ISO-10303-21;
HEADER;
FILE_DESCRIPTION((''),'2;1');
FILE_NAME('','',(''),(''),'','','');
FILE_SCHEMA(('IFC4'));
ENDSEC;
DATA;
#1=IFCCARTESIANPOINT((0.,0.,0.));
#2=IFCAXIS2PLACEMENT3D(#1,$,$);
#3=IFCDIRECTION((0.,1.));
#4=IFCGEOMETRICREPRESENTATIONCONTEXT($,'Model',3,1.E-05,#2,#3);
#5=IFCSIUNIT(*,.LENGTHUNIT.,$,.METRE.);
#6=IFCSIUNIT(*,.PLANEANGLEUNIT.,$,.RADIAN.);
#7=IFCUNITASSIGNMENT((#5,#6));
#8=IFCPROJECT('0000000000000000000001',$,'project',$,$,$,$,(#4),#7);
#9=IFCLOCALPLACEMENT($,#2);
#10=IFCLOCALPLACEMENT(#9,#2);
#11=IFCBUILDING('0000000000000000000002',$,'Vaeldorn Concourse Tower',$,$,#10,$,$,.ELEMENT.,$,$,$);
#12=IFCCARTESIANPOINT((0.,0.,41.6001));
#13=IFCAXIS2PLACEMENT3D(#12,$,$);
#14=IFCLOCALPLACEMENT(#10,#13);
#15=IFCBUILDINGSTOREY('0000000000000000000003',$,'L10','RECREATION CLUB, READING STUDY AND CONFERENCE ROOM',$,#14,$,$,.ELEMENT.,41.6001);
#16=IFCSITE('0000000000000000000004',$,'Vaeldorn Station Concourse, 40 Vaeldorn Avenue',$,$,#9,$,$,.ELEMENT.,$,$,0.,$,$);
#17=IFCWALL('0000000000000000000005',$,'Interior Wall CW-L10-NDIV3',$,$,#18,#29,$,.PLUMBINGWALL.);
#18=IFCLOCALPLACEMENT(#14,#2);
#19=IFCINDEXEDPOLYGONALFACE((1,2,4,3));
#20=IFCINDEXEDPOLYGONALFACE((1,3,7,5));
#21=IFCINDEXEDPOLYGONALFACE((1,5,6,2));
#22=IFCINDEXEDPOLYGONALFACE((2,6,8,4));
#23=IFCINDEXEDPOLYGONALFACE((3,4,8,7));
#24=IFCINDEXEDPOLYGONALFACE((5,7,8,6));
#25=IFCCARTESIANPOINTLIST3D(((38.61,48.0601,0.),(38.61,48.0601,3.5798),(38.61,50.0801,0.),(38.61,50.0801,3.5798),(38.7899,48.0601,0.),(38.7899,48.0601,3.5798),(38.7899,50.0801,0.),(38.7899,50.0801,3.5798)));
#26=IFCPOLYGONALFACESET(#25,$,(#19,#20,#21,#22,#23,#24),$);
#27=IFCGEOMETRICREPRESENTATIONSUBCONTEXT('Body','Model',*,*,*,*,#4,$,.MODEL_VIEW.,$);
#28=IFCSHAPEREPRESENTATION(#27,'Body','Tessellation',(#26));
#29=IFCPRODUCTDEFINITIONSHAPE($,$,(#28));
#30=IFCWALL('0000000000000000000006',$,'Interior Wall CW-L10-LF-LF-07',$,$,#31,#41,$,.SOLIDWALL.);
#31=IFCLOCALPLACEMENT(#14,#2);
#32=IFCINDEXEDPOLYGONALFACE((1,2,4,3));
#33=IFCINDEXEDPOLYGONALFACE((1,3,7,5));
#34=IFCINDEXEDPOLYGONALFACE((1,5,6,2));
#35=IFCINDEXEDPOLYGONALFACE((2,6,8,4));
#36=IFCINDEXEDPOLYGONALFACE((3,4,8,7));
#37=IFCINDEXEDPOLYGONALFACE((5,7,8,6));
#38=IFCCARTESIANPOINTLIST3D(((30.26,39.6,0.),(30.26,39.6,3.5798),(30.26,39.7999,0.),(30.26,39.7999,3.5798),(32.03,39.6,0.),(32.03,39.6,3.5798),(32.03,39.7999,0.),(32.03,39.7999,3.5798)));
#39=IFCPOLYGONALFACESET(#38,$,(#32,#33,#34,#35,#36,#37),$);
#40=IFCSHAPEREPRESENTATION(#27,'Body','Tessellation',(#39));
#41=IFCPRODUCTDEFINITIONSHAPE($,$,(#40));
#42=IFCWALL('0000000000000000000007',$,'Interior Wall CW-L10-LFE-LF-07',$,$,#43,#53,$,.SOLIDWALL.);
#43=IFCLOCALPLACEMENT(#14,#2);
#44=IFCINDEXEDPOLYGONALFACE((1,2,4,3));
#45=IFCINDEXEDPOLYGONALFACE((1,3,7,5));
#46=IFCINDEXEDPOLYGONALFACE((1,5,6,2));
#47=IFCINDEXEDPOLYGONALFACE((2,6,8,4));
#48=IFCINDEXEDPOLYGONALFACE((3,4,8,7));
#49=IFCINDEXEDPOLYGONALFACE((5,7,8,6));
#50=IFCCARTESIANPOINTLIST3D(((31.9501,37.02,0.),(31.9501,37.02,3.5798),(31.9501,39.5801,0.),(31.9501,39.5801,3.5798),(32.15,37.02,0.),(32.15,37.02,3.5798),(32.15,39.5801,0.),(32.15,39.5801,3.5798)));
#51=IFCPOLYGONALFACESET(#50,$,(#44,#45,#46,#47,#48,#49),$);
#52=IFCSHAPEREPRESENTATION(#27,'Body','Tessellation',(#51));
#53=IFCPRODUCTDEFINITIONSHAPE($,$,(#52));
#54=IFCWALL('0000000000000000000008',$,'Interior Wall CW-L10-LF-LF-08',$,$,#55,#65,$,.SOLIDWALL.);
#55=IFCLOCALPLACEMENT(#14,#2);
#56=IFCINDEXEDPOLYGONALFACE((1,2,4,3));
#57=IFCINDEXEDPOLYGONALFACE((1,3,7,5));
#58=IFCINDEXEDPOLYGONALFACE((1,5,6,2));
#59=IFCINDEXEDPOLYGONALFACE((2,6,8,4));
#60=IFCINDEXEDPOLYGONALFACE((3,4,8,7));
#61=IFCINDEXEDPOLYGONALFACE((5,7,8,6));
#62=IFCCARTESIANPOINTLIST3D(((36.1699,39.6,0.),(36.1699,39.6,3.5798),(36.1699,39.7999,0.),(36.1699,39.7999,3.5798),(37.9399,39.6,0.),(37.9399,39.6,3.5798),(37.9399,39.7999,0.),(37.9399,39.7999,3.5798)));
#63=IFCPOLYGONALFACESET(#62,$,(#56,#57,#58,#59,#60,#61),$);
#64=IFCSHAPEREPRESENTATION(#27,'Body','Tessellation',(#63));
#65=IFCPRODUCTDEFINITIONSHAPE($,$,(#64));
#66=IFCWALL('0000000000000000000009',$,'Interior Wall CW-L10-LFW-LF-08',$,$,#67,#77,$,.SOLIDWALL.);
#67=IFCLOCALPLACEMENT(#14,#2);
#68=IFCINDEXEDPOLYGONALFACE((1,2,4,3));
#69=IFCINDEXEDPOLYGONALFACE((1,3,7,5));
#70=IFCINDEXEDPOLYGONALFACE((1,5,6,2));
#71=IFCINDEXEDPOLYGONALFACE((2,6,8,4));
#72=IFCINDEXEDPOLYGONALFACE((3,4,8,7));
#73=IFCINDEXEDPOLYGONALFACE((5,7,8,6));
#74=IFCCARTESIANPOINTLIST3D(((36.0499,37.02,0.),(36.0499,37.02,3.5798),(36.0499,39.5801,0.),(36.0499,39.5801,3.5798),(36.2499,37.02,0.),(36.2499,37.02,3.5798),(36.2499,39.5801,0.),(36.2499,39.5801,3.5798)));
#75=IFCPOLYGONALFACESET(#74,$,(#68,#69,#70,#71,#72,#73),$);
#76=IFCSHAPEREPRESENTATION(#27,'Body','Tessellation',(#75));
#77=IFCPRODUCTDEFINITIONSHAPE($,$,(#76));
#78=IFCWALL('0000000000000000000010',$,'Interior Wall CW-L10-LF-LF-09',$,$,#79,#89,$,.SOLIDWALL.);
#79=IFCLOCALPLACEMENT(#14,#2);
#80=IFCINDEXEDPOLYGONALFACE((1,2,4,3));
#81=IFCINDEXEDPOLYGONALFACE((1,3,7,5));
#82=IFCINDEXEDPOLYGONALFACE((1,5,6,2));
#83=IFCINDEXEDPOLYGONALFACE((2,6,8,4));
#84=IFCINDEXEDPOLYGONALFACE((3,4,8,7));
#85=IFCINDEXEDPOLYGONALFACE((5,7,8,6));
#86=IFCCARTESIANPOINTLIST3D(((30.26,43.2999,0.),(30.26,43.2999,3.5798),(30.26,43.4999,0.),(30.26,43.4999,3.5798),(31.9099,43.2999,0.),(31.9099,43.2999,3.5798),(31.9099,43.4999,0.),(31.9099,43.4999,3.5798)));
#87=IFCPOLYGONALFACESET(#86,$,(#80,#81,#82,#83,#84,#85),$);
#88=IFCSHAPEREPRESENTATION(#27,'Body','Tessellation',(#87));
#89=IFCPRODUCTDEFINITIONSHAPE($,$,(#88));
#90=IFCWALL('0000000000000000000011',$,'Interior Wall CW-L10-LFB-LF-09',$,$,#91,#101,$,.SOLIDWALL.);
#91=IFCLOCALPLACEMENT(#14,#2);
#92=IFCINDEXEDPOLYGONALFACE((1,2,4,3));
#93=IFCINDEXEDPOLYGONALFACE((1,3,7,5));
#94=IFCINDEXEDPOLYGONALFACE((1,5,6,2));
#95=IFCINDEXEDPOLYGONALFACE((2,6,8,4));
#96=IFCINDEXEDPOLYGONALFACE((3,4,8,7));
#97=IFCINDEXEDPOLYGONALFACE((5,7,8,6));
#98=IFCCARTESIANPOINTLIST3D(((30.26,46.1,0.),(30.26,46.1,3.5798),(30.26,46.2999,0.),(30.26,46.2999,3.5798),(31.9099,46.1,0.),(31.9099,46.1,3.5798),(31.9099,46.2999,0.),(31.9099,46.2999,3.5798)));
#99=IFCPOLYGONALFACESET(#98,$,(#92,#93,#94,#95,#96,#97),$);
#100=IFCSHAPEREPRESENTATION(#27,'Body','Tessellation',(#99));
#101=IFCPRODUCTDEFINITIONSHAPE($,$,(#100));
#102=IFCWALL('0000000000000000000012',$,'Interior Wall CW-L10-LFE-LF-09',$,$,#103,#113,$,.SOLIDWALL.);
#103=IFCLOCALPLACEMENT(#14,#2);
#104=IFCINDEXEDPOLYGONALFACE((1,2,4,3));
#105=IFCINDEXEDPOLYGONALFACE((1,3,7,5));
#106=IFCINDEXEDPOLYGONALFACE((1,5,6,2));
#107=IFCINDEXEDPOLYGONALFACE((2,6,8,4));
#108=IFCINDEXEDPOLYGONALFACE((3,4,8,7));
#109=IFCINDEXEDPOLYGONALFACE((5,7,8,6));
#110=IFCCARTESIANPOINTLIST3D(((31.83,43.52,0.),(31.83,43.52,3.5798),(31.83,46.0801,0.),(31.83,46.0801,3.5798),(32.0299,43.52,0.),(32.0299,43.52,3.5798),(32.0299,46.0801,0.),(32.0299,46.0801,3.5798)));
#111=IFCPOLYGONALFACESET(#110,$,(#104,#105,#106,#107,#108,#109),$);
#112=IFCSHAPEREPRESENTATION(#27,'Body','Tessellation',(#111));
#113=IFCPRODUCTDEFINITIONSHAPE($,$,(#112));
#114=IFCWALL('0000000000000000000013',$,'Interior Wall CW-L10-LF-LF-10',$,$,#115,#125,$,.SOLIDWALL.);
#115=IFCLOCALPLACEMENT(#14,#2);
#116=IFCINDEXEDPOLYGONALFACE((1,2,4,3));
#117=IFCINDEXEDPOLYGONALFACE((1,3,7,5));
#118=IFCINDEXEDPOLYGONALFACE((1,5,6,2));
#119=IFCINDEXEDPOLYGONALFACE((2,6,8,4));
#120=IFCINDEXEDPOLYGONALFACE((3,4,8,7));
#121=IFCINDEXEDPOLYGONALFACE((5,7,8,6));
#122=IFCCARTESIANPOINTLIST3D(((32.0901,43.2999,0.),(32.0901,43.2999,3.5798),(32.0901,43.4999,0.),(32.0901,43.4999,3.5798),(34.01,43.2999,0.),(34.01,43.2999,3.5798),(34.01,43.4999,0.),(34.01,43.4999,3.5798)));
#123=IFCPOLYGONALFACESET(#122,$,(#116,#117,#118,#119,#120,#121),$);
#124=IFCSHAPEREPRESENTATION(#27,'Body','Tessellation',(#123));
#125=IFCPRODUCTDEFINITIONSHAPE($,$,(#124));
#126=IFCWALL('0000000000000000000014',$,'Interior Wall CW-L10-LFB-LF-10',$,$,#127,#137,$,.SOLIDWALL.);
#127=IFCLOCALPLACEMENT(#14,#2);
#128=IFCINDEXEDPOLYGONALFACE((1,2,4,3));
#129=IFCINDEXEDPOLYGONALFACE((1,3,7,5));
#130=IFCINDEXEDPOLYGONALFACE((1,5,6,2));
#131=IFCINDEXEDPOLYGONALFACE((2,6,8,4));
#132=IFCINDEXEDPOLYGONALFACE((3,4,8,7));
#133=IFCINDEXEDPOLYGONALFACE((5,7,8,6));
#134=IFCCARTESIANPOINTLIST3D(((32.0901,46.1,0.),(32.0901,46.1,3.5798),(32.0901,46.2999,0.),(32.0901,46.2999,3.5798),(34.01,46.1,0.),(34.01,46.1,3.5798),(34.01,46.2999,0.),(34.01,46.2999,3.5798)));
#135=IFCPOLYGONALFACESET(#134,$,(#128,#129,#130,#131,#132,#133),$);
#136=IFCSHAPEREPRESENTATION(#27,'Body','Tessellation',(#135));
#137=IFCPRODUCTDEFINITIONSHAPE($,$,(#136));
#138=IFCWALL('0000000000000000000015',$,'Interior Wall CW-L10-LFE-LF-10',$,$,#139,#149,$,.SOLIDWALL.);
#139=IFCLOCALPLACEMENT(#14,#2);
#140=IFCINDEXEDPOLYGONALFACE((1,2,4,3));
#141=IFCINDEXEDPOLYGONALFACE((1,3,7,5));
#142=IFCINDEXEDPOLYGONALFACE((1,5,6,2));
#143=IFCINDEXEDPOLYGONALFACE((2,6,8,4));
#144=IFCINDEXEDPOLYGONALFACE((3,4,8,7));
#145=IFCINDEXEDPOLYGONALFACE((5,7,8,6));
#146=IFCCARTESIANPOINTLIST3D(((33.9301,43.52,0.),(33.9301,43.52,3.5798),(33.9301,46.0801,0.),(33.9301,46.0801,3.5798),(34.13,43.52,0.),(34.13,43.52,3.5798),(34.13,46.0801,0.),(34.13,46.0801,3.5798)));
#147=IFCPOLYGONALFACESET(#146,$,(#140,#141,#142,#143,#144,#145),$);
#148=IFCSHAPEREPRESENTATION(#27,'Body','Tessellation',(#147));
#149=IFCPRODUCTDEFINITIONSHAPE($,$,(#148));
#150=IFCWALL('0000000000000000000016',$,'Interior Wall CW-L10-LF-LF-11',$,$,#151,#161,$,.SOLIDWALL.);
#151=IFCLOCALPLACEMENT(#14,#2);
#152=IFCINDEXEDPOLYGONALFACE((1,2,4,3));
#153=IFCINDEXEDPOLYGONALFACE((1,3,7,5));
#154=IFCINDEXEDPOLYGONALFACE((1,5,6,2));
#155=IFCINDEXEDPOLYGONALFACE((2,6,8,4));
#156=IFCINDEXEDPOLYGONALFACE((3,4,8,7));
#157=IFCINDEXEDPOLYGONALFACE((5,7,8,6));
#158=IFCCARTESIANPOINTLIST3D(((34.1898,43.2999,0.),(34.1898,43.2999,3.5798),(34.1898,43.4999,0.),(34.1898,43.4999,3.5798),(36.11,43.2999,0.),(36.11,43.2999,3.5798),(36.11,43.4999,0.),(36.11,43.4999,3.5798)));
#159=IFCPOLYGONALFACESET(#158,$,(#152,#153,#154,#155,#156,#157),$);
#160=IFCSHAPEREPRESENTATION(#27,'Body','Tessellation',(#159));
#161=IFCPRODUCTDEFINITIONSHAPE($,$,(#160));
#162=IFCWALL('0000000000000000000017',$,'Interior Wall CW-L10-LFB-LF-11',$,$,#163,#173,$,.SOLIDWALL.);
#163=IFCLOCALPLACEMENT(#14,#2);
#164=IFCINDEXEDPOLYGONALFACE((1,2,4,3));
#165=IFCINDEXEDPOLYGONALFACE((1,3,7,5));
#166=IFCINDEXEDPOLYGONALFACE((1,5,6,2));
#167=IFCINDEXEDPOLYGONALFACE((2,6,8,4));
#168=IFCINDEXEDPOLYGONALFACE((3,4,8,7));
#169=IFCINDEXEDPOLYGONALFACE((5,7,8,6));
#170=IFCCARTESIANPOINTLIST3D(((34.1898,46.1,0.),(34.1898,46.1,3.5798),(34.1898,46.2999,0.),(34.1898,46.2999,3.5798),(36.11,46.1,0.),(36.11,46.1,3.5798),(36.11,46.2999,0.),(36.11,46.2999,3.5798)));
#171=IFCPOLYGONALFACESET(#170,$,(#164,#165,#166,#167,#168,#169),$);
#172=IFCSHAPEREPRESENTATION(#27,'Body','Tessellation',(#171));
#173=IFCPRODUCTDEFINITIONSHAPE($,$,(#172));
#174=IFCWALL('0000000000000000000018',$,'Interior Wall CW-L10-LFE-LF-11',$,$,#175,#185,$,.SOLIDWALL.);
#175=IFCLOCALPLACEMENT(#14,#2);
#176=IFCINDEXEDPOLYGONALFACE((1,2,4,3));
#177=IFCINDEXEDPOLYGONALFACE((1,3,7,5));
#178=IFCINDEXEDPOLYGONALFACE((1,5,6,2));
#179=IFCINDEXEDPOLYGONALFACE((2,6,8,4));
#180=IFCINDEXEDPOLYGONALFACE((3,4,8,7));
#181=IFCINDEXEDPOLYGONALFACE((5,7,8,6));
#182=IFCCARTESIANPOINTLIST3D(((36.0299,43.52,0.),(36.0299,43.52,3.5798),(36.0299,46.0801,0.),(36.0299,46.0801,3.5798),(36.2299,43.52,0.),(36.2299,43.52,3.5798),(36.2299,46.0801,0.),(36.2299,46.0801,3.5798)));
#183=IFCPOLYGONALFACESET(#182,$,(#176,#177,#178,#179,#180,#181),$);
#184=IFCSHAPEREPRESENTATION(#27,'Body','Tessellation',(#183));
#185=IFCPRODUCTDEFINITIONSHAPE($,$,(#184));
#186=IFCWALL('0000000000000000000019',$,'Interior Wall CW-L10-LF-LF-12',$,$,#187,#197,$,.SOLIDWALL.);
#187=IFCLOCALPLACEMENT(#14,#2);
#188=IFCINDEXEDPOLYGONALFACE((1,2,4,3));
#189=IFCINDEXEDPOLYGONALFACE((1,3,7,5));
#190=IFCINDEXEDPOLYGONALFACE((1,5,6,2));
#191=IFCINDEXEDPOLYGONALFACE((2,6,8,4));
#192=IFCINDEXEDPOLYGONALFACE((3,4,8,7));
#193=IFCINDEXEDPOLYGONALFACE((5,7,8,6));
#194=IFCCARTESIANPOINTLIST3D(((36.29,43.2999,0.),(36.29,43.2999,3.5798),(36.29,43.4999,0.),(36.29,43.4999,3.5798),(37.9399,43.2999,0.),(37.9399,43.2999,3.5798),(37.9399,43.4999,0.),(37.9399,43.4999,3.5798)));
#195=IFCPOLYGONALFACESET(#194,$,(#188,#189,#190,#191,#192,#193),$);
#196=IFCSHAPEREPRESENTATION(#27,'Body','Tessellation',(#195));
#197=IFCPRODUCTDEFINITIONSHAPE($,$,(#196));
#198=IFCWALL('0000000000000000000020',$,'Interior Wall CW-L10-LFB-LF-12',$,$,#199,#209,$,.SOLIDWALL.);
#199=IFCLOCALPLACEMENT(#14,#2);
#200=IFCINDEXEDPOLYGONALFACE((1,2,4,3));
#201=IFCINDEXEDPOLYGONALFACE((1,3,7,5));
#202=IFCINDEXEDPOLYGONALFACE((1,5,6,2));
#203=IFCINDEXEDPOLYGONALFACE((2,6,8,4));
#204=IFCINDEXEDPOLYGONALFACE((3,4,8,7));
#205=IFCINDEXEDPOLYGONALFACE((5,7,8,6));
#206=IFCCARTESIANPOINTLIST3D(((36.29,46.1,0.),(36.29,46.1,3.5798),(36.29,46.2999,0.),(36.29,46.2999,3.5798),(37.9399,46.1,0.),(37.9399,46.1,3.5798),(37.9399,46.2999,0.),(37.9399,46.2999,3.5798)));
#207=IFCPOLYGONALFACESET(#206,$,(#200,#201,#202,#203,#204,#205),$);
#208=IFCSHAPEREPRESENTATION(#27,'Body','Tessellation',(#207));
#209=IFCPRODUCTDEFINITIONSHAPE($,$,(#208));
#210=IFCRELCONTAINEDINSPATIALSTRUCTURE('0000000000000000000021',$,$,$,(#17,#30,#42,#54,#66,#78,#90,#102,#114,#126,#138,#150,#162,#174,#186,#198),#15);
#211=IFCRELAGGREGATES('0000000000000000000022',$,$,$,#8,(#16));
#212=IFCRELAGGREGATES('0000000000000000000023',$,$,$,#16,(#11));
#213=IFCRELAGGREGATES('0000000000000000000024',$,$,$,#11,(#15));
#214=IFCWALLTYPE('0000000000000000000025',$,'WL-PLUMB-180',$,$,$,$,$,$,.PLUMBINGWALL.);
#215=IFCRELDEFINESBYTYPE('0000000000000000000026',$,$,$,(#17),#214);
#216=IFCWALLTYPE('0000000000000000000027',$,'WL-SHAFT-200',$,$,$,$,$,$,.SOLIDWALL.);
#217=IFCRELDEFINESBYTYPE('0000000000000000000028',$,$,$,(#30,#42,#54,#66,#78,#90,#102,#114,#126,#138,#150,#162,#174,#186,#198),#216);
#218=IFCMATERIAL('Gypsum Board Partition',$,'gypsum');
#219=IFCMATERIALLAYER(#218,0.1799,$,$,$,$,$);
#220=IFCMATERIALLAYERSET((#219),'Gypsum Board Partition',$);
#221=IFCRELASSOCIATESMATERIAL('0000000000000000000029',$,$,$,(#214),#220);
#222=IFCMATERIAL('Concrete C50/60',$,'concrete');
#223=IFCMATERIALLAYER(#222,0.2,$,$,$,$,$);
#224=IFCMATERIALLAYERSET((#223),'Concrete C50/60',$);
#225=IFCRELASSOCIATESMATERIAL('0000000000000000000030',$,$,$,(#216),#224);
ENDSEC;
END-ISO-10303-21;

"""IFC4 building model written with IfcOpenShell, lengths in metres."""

from ifc_helpers import new_model, si_unit, direction, frame, frame_2d, origin, place, context, subcontext, project, spatial, rectangle, extrude, material, layer, layer_set, type_object, element, save


model = new_model("IFC4")

# Units and contexts
model_context = context("Model", 3, precision=1e-05, world=origin(), true_north=direction((0.0, 1.0)))
body_context = subcontext(model_context, "Body", "Model", "MODEL_VIEW")
ifc_project = project(units=[si_unit("LENGTHUNIT", "METRE"), si_unit("PLANEANGLEUNIT", "RADIAN")], contexts=[model_context])

# Site, building, storey
site_placement = place(None, origin())
site = spatial("IfcSite", under=ifc_project, at=site_placement, Name="Vaeldorn Station Concourse, 40 Vaeldorn Avenue", CompositionType="ELEMENT", RefElevation=0.0)
building_placement = place(site_placement, origin())
building = spatial("IfcBuilding", under=site, at=building_placement, Name="Vaeldorn Concourse Tower", CompositionType="ELEMENT")
storey_placement = place(building_placement, frame((0.0, 0.0, 41.6001)))
storey = spatial("IfcBuildingStorey", under=building, at=storey_placement, Name="L10", Description="RECREATION CLUB, READING STUDY AND CONFERENCE ROOM", CompositionType="ELEMENT", Elevation=41.6001)

# Shared definitions
ifc_material_1 = material(Name="Gypsum Board Partition", Category="gypsum")

# Walls
ifc_layer_1 = layer(ifc_material_1, 0.1799)
ifc_layer_set_1 = layer_set([ifc_layer_1], Name="Gypsum Board Partition")
wall_type_1 = type_object("IfcWallType", Name="WL-PLUMB-180", PredefinedType="PLUMBINGWALL", material=ifc_layer_set_1)
for number, where, z_axis, x_axis, name in (
    (1, (38.7, 48.0601, 0.0), (0.0, 0.0, 1.0), (0.0, 1.0, 0.0), "Interior Wall CW-L10-NDIV3"),
):
    element("IfcWall", number, at=place(storey_placement, frame(where, z_axis=z_axis, x_axis=x_axis)), inside=storey, type_object=wall_type_1, Name=name, PredefinedType="PLUMBINGWALL", context=body_context, shape_type="SweptSolid", body=[
        extrude(rectangle(XDim=2.02, YDim=0.1799, at=frame_2d((1.01, 0.0))), origin(), (0.0, 0.0, 1.0), 3.5798),
    ])
ifc_material_2 = material(Name="Concrete C50/60", Category="concrete")
ifc_layer_2 = layer(ifc_material_2, 0.2)
ifc_layer_set_2 = layer_set([ifc_layer_2], Name="Concrete C50/60")
wall_type_2 = type_object("IfcWallType", Name="WL-SHAFT-200", PredefinedType="SOLIDWALL", material=ifc_layer_set_2)
wall_1_placement = place(storey_placement, frame((30.26, 39.7, 0.0), z_axis=(0.0, 0.0, 1.0), x_axis=(1.0, 0.0, 0.0)))
element("IfcWall", 2, at=wall_1_placement, inside=storey, type_object=wall_type_2, Name="Interior Wall CW-L10-LF-LF-07", PredefinedType="SOLIDWALL", context=body_context, shape_type="SweptSolid", body=[
    extrude(rectangle(XDim=1.77, YDim=0.2, at=frame_2d((0.885, 0.0))), origin(), (0.0, 0.0, 1.0), 3.5798),
])
wall_2_placement = place(storey_placement, frame((32.05, 37.02, 0.0), z_axis=(0.0, 0.0, 1.0), x_axis=(0.0, 1.0, 0.0)))
element("IfcWall", 3, at=wall_2_placement, inside=storey, type_object=wall_type_2, Name="Interior Wall CW-L10-LFE-LF-07", PredefinedType="SOLIDWALL", context=body_context, shape_type="SweptSolid", body=[
    extrude(rectangle(XDim=2.5601, YDim=0.2, at=frame_2d((1.28, 0.0))), origin(), (0.0, 0.0, 1.0), 3.5798),
])
wall_3_placement = place(storey_placement, frame((36.1699, 39.7, 0.0), z_axis=(0.0, 0.0, 1.0), x_axis=(1.0, 0.0, 0.0)))
element("IfcWall", 4, at=wall_3_placement, inside=storey, type_object=wall_type_2, Name="Interior Wall CW-L10-LF-LF-08", PredefinedType="SOLIDWALL", context=body_context, shape_type="SweptSolid", body=[
    extrude(rectangle(XDim=1.77, YDim=0.2, at=frame_2d((0.885, 0.0))), origin(), (0.0, 0.0, 1.0), 3.5798),
])
wall_4_placement = place(storey_placement, frame((36.1499, 37.02, 0.0), z_axis=(0.0, 0.0, 1.0), x_axis=(0.0, 1.0, 0.0)))
element("IfcWall", 5, at=wall_4_placement, inside=storey, type_object=wall_type_2, Name="Interior Wall CW-L10-LFW-LF-08", PredefinedType="SOLIDWALL", context=body_context, shape_type="SweptSolid", body=[
    extrude(rectangle(XDim=2.5601, YDim=0.2, at=frame_2d((1.28, 0.0))), origin(), (0.0, 0.0, 1.0), 3.5798),
])
for number, where, z_axis, x_axis, name in (
    (6, (30.26, 43.3999, 0.0), (0.0, 0.0, 1.0), (1.0, 0.0, 0.0), "Interior Wall CW-L10-LF-LF-09"),
    (7, (30.26, 46.2, 0.0), (0.0, 0.0, 1.0), (1.0, 0.0, 0.0), "Interior Wall CW-L10-LFB-LF-09"),
):
    element("IfcWall", number, at=place(storey_placement, frame(where, z_axis=z_axis, x_axis=x_axis)), inside=storey, type_object=wall_type_2, Name=name, PredefinedType="SOLIDWALL", context=body_context, shape_type="SweptSolid", body=[
        extrude(rectangle(XDim=1.6499, YDim=0.2, at=frame_2d((0.825, 0.0))), origin(), (0.0, 0.0, 1.0), 3.5798),
    ])
wall_5_placement = place(storey_placement, frame((31.9299, 43.52, 0.0), z_axis=(0.0, 0.0, 1.0), x_axis=(0.0, 1.0, 0.0)))
element("IfcWall", 8, at=wall_5_placement, inside=storey, type_object=wall_type_2, Name="Interior Wall CW-L10-LFE-LF-09", PredefinedType="SOLIDWALL", context=body_context, shape_type="SweptSolid", body=[
    extrude(rectangle(XDim=2.5601, YDim=0.2, at=frame_2d((1.28, 0.0))), origin(), (0.0, 0.0, 1.0), 3.5798),
])
for number, where, z_axis, x_axis, name in (
    (9, (32.0901, 43.3999, 0.0), (0.0, 0.0, 1.0), (1.0, 0.0, 0.0), "Interior Wall CW-L10-LF-LF-10"),
    (10, (32.0901, 46.2, 0.0), (0.0, 0.0, 1.0), (1.0, 0.0, 0.0), "Interior Wall CW-L10-LFB-LF-10"),
):
    element("IfcWall", number, at=place(storey_placement, frame(where, z_axis=z_axis, x_axis=x_axis)), inside=storey, type_object=wall_type_2, Name=name, PredefinedType="SOLIDWALL", context=body_context, shape_type="SweptSolid", body=[
        extrude(rectangle(XDim=1.9199, YDim=0.2, at=frame_2d((0.96, 0.0))), origin(), (0.0, 0.0, 1.0), 3.5798),
    ])
wall_6_placement = place(storey_placement, frame((34.03, 43.52, 0.0), z_axis=(0.0, 0.0, 1.0), x_axis=(0.0, 1.0, 0.0)))
element("IfcWall", 11, at=wall_6_placement, inside=storey, type_object=wall_type_2, Name="Interior Wall CW-L10-LFE-LF-10", PredefinedType="SOLIDWALL", context=body_context, shape_type="SweptSolid", body=[
    extrude(rectangle(XDim=2.5601, YDim=0.2, at=frame_2d((1.28, 0.0))), origin(), (0.0, 0.0, 1.0), 3.5798),
])
for number, where, z_axis, x_axis, name in (
    (12, (34.1899, 43.3999, 0.0), (0.0, 0.0, 1.0), (1.0, 0.0, 0.0), "Interior Wall CW-L10-LF-LF-11"),
    (13, (34.1899, 46.2, 0.0), (0.0, 0.0, 1.0), (1.0, 0.0, 0.0), "Interior Wall CW-L10-LFB-LF-11"),
):
    element("IfcWall", number, at=place(storey_placement, frame(where, z_axis=z_axis, x_axis=x_axis)), inside=storey, type_object=wall_type_2, Name=name, PredefinedType="SOLIDWALL", context=body_context, shape_type="SweptSolid", body=[
        extrude(rectangle(XDim=1.9202, YDim=0.2, at=frame_2d((0.96, 0.0))), origin(), (0.0, 0.0, 1.0), 3.5798),
    ])
wall_7_placement = place(storey_placement, frame((36.1299, 43.52, 0.0), z_axis=(0.0, 0.0, 1.0), x_axis=(0.0, 1.0, 0.0)))
element("IfcWall", 14, at=wall_7_placement, inside=storey, type_object=wall_type_2, Name="Interior Wall CW-L10-LFE-LF-11", PredefinedType="SOLIDWALL", context=body_context, shape_type="SweptSolid", body=[
    extrude(rectangle(XDim=2.5601, YDim=0.2, at=frame_2d((1.28, 0.0))), origin(), (0.0, 0.0, 1.0), 3.5798),
])
for number, where, z_axis, x_axis, name in (
    (15, (36.29, 43.3999, 0.0), (0.0, 0.0, 1.0), (1.0, 0.0, 0.0), "Interior Wall CW-L10-LF-LF-12"),
    (16, (36.29, 46.2, 0.0), (0.0, 0.0, 1.0), (1.0, 0.0, 0.0), "Interior Wall CW-L10-LFB-LF-12"),
):
    element("IfcWall", number, at=place(storey_placement, frame(where, z_axis=z_axis, x_axis=x_axis)), inside=storey, type_object=wall_type_2, Name=name, PredefinedType="SOLIDWALL", context=body_context, shape_type="SweptSolid", body=[
        extrude(rectangle(XDim=1.6499, YDim=0.2, at=frame_2d((0.825, 0.0))), origin(), (0.0, 0.0, 1.0), 3.5798),
    ])

save(model, "model.ifc")
